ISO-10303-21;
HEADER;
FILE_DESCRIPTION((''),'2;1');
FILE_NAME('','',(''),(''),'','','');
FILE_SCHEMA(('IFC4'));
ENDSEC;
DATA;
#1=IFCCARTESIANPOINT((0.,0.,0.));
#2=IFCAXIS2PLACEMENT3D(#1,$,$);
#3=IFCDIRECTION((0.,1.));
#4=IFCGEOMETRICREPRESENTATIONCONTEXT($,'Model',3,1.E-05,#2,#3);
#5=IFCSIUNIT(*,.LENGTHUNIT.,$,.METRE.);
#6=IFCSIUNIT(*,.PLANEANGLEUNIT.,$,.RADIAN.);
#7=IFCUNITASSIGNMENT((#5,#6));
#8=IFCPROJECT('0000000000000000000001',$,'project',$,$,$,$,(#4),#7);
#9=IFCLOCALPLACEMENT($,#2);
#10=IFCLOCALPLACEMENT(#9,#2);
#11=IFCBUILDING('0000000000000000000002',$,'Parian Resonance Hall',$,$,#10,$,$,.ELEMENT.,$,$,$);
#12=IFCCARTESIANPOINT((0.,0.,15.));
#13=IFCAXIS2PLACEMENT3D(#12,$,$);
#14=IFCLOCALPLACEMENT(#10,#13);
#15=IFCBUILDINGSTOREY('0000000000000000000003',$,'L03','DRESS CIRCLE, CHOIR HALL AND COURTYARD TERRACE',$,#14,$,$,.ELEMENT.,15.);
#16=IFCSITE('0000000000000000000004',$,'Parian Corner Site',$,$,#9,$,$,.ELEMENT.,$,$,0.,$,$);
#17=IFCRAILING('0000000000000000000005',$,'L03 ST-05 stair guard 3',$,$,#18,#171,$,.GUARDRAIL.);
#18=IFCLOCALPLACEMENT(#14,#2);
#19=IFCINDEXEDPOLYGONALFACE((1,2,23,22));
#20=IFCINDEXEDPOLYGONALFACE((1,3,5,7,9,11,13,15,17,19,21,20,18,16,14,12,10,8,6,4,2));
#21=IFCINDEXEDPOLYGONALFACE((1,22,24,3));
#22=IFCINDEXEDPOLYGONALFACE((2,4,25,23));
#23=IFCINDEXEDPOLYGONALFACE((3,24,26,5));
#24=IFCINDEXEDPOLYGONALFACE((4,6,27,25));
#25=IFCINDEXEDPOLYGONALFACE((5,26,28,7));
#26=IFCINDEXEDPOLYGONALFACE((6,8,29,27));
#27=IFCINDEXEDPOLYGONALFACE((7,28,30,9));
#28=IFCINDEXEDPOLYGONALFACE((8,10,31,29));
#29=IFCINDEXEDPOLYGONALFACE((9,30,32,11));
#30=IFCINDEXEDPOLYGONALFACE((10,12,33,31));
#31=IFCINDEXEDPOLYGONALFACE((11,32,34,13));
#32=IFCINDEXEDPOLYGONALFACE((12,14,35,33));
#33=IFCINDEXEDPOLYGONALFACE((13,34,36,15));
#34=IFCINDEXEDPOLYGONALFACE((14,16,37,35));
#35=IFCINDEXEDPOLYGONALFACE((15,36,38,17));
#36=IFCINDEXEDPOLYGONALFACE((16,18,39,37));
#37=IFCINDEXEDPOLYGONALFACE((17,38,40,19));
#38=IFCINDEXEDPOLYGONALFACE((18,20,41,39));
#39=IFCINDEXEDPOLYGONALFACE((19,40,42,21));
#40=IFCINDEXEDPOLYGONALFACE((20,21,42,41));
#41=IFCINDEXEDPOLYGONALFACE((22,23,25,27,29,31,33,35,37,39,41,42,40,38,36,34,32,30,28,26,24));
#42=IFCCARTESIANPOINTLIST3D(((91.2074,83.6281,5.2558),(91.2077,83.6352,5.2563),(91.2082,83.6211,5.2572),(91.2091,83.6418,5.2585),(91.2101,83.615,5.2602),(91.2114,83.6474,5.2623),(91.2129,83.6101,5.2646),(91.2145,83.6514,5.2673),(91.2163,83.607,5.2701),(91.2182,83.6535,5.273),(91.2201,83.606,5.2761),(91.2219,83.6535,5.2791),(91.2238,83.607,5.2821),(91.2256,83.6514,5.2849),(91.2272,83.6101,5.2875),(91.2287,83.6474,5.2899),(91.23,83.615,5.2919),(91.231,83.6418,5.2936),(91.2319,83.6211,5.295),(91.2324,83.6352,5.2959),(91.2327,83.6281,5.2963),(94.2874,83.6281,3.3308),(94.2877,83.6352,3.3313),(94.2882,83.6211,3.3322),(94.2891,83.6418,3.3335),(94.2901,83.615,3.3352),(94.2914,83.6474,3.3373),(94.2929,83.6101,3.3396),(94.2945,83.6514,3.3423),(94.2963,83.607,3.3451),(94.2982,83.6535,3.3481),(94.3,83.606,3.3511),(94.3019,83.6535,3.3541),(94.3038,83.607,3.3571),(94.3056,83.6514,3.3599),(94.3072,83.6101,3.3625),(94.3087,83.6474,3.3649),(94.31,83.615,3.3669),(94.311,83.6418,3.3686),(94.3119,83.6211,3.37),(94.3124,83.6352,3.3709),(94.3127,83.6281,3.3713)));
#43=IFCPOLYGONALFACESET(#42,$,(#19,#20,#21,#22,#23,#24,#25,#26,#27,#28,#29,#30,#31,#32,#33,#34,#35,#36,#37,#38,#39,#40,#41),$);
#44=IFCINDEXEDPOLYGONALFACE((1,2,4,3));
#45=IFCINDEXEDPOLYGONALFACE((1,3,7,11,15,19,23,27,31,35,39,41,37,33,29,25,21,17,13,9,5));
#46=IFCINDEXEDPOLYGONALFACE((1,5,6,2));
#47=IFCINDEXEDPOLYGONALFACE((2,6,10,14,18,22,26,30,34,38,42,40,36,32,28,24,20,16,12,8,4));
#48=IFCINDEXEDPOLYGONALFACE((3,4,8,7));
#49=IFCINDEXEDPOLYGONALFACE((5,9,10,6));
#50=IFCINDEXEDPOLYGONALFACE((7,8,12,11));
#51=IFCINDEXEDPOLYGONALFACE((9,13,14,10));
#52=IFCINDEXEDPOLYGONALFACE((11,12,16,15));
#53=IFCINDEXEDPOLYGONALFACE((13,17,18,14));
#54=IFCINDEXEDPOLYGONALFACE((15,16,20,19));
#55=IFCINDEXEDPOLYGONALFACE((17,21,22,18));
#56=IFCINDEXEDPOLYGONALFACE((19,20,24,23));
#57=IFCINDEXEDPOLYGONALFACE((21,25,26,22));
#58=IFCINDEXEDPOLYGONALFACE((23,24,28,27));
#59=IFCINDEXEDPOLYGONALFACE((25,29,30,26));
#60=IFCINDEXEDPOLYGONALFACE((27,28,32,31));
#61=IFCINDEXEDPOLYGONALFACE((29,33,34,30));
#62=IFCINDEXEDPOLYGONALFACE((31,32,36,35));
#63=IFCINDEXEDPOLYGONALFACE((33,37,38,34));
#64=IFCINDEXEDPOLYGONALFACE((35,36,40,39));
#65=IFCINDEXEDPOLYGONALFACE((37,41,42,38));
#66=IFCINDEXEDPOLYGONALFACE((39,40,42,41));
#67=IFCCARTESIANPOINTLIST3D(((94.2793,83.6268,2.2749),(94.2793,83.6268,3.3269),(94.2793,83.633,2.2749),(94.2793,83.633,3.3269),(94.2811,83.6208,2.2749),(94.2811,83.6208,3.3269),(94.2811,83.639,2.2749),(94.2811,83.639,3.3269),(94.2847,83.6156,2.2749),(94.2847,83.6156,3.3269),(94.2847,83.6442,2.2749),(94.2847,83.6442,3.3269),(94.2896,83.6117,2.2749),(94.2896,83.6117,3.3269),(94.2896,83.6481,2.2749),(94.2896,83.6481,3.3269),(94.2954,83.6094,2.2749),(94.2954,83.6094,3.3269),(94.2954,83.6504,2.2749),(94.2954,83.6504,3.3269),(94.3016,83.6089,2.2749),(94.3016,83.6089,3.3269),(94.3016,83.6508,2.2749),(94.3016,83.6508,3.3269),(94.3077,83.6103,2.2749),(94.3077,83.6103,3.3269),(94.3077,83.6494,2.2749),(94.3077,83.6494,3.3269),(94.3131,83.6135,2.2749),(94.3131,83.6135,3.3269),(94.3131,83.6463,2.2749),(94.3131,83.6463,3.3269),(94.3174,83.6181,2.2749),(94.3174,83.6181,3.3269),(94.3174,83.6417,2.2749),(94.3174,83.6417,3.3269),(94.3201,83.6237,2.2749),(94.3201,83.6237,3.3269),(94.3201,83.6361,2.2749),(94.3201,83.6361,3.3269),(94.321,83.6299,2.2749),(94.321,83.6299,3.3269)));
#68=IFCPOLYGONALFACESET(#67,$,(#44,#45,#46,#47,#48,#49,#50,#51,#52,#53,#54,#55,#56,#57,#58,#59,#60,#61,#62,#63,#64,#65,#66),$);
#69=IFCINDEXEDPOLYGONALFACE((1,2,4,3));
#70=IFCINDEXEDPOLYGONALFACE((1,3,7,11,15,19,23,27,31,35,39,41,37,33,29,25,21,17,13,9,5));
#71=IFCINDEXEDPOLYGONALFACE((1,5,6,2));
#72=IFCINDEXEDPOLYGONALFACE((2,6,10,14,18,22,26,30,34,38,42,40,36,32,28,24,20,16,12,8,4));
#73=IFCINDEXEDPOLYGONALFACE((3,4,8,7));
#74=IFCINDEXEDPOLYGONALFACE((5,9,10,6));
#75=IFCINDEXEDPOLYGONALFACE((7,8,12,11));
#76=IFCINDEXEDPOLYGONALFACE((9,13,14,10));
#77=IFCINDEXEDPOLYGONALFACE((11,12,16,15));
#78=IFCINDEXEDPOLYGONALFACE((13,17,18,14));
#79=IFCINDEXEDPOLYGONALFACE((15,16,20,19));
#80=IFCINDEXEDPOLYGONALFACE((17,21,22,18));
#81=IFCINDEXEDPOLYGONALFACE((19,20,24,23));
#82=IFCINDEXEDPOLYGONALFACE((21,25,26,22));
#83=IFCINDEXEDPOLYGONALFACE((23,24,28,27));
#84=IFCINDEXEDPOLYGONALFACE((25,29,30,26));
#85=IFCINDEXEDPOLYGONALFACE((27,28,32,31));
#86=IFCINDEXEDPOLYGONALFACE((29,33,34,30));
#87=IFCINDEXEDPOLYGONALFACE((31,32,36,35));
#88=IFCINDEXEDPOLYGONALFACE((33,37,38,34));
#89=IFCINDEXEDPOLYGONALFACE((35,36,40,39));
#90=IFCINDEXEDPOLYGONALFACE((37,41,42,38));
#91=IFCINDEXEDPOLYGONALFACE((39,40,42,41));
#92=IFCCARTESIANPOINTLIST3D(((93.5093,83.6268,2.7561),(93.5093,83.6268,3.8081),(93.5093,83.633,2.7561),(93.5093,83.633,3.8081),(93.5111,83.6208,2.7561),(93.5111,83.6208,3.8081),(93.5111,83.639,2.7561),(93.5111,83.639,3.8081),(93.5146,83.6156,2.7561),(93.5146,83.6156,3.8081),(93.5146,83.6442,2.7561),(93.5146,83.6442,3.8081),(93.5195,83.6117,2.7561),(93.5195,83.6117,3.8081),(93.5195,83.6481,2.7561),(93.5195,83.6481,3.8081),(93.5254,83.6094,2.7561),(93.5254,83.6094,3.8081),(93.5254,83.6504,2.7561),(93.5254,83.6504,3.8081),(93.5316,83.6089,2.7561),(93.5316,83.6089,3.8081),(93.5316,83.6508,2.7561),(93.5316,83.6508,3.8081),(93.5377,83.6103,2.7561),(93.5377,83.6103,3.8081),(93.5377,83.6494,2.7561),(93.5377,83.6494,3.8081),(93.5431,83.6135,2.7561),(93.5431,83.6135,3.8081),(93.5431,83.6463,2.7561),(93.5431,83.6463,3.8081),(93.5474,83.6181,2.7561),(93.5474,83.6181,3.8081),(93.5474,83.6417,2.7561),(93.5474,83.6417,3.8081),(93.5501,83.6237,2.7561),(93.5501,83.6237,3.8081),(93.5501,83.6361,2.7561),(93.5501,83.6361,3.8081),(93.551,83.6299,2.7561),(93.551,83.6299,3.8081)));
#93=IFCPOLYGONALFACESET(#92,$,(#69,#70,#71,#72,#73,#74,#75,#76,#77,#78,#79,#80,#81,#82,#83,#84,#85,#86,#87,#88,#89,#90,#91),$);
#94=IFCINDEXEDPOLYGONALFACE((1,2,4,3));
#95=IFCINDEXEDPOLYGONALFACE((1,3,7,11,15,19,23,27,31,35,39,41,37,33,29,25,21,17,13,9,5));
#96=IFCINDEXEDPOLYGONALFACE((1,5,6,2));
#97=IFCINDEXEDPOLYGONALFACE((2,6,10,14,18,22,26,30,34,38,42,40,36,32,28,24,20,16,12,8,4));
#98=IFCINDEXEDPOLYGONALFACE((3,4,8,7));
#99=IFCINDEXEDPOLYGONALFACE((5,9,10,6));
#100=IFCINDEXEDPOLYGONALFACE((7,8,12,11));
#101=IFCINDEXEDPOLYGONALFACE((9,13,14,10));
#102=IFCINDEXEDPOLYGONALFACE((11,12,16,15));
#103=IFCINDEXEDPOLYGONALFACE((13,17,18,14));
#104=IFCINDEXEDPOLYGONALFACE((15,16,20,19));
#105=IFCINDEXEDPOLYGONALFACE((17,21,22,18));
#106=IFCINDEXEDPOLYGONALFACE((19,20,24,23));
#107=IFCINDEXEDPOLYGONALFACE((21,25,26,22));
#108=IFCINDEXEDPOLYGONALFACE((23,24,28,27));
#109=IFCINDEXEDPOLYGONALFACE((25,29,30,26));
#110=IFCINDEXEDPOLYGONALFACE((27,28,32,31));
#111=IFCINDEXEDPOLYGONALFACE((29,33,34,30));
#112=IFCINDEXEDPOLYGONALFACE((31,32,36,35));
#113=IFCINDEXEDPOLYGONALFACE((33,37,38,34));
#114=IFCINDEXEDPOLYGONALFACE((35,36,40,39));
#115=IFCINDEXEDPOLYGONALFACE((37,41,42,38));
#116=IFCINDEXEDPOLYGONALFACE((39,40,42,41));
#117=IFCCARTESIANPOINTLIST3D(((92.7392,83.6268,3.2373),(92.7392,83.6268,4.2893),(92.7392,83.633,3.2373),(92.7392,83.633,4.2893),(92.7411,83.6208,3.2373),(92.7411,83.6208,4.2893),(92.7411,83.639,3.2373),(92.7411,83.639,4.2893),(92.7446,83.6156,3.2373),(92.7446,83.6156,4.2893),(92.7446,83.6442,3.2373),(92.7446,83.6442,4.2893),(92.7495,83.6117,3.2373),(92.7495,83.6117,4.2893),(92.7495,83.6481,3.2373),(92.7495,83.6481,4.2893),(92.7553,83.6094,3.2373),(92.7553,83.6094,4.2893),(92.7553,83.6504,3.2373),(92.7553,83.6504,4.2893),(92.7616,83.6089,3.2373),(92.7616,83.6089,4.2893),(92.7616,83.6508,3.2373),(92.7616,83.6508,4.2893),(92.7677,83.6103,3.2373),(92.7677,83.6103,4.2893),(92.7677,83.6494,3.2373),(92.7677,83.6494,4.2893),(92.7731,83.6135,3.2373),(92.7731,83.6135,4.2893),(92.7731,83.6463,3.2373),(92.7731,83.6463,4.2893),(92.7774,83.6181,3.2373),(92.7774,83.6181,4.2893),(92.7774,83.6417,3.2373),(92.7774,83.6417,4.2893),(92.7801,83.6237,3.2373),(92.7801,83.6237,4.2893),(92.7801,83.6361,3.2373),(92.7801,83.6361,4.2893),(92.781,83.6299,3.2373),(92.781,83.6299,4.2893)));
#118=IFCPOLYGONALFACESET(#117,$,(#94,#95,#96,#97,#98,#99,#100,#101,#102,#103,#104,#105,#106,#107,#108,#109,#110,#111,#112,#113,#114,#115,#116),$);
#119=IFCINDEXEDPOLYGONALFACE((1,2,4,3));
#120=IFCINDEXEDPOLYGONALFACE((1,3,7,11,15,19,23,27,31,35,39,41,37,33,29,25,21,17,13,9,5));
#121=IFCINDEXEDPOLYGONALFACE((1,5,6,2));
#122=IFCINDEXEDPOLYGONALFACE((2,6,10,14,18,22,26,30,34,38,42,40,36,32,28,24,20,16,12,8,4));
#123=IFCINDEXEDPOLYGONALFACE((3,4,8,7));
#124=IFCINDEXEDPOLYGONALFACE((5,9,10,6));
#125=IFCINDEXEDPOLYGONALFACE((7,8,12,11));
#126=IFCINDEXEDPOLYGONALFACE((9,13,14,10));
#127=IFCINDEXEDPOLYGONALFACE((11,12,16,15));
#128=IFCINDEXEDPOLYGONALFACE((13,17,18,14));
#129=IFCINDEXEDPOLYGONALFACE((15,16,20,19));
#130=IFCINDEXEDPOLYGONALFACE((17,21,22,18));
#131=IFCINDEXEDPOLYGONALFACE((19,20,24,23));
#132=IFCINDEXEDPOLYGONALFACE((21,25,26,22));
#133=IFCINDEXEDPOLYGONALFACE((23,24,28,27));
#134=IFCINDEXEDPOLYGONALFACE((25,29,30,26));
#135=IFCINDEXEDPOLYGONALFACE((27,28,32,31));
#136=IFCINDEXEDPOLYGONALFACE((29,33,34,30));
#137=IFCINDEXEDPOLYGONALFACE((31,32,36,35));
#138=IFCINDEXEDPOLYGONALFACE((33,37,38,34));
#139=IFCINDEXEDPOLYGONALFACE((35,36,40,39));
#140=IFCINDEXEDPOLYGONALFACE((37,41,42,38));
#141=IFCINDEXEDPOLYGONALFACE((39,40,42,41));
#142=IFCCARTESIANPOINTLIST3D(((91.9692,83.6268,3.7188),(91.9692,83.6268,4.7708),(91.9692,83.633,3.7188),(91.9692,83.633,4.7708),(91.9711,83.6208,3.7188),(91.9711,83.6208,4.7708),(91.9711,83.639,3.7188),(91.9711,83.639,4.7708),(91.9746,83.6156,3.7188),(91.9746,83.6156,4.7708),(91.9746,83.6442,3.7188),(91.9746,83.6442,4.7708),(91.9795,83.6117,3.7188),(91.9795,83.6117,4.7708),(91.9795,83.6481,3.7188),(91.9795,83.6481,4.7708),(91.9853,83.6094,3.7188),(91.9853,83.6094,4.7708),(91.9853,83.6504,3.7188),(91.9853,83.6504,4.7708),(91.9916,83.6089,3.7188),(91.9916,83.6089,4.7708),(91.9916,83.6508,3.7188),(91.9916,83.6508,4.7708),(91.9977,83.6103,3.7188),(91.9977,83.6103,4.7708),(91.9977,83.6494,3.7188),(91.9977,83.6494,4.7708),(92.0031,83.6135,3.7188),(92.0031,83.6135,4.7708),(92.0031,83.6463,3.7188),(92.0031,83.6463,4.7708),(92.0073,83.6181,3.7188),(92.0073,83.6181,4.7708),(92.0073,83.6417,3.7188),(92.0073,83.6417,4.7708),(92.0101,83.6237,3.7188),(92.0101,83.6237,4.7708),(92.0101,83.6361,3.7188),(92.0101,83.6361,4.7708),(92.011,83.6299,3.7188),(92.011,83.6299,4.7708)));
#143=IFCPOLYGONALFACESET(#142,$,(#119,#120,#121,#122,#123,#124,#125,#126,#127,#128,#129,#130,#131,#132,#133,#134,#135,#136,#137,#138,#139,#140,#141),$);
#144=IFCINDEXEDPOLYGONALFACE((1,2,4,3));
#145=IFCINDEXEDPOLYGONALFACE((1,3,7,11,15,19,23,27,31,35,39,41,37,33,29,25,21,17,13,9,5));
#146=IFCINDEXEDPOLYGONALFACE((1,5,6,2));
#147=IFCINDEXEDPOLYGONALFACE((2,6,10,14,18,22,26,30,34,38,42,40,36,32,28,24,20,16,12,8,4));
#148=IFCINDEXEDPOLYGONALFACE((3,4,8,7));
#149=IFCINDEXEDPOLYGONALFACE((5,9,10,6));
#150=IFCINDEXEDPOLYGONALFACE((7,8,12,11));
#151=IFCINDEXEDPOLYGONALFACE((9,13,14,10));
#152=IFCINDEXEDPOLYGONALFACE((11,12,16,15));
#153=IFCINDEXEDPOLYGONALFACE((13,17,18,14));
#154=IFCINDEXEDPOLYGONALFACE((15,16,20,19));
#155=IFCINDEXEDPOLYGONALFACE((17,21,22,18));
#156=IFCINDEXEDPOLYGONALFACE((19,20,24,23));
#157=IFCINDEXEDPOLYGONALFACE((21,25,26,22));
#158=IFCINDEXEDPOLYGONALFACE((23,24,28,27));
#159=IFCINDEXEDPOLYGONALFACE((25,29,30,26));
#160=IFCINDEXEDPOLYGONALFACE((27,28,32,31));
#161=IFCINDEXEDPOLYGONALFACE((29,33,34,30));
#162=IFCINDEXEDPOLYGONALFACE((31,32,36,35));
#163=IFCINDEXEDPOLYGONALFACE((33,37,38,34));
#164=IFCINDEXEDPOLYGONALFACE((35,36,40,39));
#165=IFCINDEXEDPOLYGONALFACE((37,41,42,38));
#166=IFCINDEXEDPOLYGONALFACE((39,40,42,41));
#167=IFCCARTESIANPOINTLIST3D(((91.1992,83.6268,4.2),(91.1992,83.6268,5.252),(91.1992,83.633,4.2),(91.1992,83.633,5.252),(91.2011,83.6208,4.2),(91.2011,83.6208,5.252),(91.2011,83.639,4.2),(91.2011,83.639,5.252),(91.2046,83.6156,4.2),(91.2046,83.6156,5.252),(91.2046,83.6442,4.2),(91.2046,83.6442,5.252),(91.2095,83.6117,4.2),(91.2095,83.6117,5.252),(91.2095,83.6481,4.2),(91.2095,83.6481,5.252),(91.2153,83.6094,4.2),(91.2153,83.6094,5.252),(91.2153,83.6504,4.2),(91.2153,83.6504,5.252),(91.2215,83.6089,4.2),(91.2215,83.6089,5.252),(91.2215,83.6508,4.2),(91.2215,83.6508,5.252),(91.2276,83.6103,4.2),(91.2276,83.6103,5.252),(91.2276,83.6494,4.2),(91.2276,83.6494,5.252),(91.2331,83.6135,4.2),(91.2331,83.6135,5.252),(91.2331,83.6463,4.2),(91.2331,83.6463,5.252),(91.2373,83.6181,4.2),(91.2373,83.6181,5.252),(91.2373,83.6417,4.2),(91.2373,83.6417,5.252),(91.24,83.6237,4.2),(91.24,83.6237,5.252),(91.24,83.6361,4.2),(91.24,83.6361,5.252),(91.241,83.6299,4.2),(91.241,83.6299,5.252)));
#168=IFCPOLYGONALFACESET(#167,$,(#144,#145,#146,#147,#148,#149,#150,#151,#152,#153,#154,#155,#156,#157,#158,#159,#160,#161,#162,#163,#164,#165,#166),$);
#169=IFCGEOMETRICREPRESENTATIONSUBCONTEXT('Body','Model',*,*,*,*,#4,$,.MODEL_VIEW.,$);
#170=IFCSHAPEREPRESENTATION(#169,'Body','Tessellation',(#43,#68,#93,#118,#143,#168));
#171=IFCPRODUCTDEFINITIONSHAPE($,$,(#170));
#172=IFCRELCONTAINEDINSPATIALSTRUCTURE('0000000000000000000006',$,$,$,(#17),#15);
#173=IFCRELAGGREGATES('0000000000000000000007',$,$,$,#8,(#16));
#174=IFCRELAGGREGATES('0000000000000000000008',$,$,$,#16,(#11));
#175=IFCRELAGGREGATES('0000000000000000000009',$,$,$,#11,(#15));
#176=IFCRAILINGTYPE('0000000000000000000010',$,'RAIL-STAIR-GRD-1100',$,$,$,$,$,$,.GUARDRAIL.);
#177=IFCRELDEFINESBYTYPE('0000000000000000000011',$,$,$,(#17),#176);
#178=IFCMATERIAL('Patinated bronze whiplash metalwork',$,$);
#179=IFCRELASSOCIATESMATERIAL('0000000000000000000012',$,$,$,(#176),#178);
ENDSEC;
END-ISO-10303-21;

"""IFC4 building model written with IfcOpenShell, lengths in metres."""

from ifc_helpers import new_model, si_unit, direction, frame, origin, origin_2d, place, context, subcontext, project, spatial, circle, extrude, material, type_object, element, save


model = new_model("IFC4")

# Units and contexts
model_context = context("Model", 3, precision=1e-05, world=origin(), true_north=direction((0.0, 1.0)))
body_context = subcontext(model_context, "Body", "Model", "MODEL_VIEW")
ifc_project = project(units=[si_unit("LENGTHUNIT", "METRE"), si_unit("PLANEANGLEUNIT", "RADIAN")], contexts=[model_context])

# Site, building, storey
site_placement = place(None, origin())
site = spatial("IfcSite", under=ifc_project, at=site_placement, Name="Parian Corner Site", CompositionType="ELEMENT", RefElevation=0.0)
building_placement = place(site_placement, origin())
building = spatial("IfcBuilding", under=site, at=building_placement, Name="Parian Resonance Hall", CompositionType="ELEMENT")
storey_placement = place(building_placement, frame((0.0, 0.0, 15.0)))
storey = spatial("IfcBuildingStorey", under=building, at=storey_placement, Name="L03", Description="DRESS CIRCLE, CHOIR HALL AND COURTYARD TERRACE", CompositionType="ELEMENT", Elevation=15.0)

# Railing
ifc_material_1 = material(Name="Patinated bronze whiplash metalwork")
railing_type_1 = type_object("IfcRailingType", Name="RAIL-STAIR-GRD-1100", PredefinedType="GUARDRAIL", material=ifc_material_1)
railing_1_placement = place(storey_placement, frame((94.3, 83.6299, 2.2749)))
element("IfcRailing", 1, at=railing_1_placement, inside=storey, type_object=railing_type_1, Name="L03 ST-05 stair guard 3", PredefinedType="GUARDRAIL", context=body_context, shape_type="SweptSolid", body=[
    extrude(circle(Radius=0.0239, at=origin_2d()), frame((0.0, 0.0, 1.0762), z_axis=(-0.847998, 0.0, 0.529999), x_axis=(0.0, -1.0, 0.0)), (0.0, 0.0, 1.0), 3.6321),
    extrude(circle(Radius=0.021, at=origin_2d()), origin(), (0.0, 0.0, 1.0), 1.052),
    extrude(circle(Radius=0.021, at=origin_2d()), frame((-0.77, 0.0, 0.4812)), (0.0, 0.0, 1.0), 1.052),
    extrude(circle(Radius=0.021, at=origin_2d()), frame((-1.54, 0.0, 0.9624)), (0.0, 0.0, 1.0), 1.052),
    extrude(circle(Radius=0.021, at=origin_2d()), frame((-2.3101, 0.0, 1.4438)), (0.0, 0.0, 1.0), 1.052),
    extrude(circle(Radius=0.021, at=origin_2d()), frame((-3.0801, 0.0, 1.925)), (0.0, 0.0, 1.0), 1.052),
])

save(model, "model.ifc")
